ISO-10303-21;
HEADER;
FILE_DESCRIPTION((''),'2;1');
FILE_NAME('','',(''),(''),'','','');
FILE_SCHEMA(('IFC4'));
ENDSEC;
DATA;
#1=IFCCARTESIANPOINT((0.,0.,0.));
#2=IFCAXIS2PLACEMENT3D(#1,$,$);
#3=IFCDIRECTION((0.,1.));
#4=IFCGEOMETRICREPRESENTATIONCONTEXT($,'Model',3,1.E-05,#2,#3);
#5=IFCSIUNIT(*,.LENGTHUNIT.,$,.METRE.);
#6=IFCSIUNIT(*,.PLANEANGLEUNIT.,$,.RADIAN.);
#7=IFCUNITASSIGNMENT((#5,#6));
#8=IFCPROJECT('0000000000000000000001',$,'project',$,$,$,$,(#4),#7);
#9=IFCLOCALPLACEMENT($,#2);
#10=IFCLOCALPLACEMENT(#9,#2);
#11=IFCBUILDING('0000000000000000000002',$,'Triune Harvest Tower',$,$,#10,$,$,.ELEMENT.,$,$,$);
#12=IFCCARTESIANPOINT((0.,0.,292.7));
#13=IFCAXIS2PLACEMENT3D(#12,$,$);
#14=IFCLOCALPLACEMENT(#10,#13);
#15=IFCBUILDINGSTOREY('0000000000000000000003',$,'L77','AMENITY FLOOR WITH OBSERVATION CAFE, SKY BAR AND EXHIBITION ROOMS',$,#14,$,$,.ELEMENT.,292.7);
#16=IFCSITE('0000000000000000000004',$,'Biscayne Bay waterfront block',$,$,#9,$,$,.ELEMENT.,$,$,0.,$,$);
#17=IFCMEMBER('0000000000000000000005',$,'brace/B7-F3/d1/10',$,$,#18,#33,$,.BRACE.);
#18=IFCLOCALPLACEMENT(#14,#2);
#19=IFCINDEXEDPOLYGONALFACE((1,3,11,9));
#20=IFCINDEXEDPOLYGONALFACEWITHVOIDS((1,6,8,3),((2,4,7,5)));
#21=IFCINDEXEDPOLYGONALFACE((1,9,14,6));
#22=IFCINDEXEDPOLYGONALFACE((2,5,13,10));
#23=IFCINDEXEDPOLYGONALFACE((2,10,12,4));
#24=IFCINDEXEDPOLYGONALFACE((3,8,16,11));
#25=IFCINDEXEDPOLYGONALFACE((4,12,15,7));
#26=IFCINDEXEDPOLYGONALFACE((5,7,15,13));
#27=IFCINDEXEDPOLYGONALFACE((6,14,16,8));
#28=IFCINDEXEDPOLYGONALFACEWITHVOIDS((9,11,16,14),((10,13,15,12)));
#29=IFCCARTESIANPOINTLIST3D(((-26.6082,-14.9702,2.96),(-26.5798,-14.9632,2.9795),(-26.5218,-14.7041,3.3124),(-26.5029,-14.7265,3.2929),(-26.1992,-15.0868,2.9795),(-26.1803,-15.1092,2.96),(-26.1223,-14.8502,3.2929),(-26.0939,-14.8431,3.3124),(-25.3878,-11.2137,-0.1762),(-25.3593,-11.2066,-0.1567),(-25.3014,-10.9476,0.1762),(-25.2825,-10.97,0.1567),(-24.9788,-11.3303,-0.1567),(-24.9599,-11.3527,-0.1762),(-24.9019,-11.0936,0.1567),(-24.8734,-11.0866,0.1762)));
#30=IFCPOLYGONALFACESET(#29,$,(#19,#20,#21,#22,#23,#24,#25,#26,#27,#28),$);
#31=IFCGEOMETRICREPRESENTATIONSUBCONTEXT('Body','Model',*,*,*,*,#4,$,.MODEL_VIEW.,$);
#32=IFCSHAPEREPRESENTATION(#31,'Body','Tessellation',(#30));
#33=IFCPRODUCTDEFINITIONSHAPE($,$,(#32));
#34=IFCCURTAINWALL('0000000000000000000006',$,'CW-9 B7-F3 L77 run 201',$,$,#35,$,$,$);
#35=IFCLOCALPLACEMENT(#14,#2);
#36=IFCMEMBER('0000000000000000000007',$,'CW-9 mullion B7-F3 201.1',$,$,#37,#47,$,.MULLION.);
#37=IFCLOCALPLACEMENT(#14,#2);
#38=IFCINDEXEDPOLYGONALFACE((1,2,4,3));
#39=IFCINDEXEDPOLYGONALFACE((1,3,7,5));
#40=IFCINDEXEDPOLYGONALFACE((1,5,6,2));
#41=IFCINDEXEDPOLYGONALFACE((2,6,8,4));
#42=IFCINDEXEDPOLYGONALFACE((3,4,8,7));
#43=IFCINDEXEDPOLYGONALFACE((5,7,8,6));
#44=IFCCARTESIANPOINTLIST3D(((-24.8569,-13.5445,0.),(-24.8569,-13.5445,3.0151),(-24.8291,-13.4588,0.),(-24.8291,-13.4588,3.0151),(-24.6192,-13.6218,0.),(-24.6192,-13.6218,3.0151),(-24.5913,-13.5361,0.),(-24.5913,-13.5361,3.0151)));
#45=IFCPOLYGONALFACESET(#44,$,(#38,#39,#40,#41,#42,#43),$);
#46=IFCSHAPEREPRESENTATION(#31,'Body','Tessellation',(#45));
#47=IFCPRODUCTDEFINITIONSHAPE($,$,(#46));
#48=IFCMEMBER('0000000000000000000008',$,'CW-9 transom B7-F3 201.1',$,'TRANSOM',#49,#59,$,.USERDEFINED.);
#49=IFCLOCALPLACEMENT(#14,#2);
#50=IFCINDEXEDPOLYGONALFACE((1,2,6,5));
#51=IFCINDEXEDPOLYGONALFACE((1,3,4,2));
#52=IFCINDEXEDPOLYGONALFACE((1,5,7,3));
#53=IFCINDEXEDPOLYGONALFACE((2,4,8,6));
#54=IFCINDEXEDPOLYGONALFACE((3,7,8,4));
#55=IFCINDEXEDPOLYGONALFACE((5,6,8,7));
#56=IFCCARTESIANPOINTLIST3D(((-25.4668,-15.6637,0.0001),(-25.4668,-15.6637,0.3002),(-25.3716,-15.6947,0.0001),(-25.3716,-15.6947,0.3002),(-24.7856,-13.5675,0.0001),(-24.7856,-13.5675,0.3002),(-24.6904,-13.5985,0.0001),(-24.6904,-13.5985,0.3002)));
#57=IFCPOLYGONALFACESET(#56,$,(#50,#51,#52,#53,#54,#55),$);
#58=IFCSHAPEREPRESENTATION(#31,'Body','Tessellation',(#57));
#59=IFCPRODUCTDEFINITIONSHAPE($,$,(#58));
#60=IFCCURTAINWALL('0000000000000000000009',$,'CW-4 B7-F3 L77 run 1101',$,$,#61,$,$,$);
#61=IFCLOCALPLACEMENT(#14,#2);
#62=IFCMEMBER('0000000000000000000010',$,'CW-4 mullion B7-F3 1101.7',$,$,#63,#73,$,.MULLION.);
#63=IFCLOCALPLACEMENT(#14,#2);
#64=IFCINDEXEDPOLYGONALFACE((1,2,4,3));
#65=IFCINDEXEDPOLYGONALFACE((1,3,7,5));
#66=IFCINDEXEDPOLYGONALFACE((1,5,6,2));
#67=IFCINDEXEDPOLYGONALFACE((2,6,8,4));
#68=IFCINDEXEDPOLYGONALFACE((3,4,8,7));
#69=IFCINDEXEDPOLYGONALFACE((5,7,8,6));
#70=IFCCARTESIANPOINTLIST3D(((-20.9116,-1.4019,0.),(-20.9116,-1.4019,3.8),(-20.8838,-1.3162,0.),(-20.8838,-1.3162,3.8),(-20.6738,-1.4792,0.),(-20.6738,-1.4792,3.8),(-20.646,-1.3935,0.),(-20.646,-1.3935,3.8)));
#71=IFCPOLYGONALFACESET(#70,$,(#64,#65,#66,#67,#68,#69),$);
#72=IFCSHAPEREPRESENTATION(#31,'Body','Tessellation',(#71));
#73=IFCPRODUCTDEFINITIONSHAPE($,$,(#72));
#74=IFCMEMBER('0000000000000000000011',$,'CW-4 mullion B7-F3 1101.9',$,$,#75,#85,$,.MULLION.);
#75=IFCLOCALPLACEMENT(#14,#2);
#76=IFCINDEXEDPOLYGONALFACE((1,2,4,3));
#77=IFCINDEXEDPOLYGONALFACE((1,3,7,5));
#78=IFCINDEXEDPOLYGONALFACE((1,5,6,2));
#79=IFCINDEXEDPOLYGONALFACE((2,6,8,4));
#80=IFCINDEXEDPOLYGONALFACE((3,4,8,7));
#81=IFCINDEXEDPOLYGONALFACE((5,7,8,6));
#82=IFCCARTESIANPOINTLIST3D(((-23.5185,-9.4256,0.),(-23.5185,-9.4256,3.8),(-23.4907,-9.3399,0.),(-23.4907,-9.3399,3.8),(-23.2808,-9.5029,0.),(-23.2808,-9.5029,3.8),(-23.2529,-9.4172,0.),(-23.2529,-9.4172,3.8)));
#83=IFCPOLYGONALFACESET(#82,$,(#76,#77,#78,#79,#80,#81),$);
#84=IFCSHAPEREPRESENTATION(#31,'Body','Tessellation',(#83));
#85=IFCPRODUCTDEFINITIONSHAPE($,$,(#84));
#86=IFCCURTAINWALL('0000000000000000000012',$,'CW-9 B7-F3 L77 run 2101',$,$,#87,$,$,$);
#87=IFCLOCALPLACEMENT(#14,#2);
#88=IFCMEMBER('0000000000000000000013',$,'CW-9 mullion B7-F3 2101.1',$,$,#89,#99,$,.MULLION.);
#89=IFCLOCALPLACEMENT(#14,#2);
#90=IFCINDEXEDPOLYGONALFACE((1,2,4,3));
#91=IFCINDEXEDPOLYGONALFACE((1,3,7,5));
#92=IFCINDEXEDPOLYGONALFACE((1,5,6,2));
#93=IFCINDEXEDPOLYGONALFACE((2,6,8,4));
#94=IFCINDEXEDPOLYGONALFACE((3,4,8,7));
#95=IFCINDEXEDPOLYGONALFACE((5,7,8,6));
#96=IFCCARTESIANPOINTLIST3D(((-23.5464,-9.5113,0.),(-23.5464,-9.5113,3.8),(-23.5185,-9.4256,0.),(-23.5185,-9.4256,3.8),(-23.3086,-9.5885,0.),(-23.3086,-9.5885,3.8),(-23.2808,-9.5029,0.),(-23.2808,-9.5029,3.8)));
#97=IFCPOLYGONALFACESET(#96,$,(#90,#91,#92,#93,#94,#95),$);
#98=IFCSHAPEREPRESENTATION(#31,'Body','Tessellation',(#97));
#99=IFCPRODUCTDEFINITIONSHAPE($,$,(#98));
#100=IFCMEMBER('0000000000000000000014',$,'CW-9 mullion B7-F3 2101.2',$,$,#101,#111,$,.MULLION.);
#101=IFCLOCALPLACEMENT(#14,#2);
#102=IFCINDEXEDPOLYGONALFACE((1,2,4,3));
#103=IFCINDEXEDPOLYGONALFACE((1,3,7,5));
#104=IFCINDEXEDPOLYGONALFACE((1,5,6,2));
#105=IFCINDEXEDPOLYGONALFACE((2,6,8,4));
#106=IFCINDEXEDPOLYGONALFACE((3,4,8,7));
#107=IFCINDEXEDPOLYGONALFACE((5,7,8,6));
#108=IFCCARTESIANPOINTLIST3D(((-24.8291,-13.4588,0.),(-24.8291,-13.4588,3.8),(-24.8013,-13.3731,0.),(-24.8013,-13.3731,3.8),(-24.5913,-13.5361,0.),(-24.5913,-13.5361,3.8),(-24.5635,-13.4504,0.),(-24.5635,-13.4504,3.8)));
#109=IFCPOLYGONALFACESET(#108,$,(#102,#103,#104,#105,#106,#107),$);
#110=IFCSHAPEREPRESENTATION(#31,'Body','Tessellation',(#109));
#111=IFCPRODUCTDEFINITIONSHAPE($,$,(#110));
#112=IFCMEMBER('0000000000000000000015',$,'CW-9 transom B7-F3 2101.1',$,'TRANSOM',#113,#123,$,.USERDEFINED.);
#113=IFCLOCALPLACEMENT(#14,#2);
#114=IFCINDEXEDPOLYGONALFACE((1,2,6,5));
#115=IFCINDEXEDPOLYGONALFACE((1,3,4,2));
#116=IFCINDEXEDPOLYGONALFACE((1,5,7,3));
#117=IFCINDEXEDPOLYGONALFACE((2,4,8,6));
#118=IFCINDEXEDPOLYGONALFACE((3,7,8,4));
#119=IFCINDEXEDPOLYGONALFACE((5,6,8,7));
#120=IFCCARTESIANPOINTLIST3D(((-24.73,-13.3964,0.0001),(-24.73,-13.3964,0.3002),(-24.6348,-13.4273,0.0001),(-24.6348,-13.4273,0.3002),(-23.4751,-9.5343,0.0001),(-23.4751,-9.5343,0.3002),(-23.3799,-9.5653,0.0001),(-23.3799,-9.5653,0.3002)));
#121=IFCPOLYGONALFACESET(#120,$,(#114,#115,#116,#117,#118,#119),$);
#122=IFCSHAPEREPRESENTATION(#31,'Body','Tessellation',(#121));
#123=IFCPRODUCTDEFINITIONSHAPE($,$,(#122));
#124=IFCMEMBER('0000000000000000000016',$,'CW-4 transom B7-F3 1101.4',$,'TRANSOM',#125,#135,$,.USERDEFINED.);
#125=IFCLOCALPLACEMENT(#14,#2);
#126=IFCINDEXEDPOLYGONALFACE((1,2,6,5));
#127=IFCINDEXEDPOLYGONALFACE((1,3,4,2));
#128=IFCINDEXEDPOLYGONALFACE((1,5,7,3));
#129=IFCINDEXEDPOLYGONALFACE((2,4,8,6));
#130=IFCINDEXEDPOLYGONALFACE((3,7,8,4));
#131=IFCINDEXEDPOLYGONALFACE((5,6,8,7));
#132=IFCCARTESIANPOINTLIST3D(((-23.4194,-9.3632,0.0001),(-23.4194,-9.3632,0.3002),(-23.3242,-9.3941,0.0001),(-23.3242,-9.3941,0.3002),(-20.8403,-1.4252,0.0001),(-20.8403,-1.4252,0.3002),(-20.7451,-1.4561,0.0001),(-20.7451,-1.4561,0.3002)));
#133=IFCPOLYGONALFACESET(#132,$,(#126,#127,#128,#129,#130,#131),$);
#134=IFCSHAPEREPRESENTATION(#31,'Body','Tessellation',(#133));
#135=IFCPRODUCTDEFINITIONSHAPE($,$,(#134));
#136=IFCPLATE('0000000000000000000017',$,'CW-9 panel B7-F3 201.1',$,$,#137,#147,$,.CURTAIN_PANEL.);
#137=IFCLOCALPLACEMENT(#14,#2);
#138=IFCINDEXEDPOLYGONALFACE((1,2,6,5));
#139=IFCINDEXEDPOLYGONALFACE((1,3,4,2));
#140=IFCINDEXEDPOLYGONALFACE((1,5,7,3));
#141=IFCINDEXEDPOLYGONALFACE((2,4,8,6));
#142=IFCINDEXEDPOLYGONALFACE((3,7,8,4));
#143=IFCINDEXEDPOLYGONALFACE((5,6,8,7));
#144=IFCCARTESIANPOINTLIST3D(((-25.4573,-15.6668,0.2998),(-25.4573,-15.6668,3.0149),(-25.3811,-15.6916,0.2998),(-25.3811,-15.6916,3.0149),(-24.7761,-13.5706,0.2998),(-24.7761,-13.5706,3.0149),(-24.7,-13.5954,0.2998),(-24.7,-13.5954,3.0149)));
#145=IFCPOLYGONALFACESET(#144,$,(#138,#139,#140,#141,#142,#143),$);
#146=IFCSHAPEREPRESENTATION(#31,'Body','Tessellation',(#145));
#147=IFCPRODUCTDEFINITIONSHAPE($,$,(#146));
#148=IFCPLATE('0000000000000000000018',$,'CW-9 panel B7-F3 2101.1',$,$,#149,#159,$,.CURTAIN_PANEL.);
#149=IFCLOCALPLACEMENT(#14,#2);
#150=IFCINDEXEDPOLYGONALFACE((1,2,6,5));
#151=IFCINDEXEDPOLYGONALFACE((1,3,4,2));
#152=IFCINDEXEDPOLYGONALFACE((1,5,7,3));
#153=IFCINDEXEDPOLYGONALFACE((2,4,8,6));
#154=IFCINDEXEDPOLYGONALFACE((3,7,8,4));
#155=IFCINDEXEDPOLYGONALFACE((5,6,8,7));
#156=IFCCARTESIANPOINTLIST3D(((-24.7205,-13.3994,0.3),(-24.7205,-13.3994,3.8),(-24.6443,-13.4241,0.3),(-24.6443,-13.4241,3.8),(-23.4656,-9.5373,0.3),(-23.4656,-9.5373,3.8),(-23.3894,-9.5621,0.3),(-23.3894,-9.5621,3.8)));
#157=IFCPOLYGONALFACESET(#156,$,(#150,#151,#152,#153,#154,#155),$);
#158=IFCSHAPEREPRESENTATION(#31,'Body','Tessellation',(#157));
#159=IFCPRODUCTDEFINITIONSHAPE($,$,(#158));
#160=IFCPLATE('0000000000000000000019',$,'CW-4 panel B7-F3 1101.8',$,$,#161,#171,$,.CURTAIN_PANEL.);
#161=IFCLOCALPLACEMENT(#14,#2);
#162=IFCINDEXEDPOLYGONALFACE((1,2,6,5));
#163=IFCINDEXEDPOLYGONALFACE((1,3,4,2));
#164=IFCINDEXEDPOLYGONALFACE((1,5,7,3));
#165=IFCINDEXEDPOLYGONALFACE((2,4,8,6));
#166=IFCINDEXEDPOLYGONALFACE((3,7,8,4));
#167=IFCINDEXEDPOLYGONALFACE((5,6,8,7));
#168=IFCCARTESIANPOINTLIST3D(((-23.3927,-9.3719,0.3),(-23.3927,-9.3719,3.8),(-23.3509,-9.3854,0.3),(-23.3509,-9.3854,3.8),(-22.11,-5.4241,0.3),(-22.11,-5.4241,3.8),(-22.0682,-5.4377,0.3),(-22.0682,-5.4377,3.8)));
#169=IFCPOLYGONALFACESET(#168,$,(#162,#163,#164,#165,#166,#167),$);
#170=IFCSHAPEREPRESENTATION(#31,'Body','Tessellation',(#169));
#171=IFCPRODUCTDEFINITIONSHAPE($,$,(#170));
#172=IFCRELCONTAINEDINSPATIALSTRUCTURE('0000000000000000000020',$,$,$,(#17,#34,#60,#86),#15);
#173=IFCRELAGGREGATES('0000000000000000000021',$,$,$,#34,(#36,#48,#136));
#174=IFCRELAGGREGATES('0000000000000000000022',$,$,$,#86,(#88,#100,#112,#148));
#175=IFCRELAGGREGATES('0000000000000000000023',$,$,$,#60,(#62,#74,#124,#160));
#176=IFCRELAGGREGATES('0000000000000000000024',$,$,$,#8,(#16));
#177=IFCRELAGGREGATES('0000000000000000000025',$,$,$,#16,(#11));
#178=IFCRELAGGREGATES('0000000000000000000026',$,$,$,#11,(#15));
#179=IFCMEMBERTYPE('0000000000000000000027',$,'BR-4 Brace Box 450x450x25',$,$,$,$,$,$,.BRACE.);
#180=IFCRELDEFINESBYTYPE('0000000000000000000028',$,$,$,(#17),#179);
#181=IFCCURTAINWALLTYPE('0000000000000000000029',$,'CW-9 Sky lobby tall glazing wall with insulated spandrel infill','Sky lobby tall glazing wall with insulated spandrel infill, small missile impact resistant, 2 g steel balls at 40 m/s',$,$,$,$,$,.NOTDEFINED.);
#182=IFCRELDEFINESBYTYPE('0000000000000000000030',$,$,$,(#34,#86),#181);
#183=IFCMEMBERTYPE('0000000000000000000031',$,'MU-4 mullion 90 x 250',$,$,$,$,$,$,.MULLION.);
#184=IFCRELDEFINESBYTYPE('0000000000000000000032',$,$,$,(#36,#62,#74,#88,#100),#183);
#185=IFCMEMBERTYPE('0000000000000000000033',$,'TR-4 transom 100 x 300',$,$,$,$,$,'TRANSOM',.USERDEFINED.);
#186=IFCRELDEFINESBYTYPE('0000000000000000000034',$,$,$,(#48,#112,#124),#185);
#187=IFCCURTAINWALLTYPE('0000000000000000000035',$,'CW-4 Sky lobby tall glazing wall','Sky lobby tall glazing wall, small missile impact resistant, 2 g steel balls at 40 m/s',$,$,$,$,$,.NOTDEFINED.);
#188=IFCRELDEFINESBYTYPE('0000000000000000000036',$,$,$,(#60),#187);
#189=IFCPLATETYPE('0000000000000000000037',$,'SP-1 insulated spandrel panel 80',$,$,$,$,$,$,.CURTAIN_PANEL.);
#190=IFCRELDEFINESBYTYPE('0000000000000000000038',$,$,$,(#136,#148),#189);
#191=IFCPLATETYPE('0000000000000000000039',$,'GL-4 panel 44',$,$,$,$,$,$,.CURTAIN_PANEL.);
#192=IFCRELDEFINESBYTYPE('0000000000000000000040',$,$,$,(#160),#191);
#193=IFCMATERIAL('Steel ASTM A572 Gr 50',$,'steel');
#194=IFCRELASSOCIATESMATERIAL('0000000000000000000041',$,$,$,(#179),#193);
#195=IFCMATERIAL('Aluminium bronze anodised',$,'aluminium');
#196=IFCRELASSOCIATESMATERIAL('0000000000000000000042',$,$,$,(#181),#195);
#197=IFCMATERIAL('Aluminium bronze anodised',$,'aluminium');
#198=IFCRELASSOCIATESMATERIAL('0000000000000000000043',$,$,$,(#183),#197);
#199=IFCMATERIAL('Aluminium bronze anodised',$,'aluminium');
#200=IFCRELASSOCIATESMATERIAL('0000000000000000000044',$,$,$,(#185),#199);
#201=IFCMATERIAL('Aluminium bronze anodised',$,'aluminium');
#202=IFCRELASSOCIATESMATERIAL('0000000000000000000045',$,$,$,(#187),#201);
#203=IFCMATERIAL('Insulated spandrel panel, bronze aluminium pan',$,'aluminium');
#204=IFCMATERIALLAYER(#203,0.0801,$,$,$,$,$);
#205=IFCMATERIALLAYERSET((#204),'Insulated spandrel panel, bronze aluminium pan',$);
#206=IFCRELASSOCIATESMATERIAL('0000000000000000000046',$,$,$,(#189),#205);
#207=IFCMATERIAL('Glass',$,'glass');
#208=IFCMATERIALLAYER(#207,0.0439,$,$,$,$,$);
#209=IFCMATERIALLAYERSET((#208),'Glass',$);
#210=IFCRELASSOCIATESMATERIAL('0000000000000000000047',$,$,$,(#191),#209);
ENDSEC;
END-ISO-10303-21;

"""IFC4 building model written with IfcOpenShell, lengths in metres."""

from ifc_helpers import new_model, si_unit, direction, frame, origin, origin_2d, place, context, subcontext, project, spatial, rectangle, hollow_rectangle, extrude, source, transform, mapped, material, layer, layer_set, material_profile, profile_set, type_object, element, aggregate, save


model = new_model("IFC4")

# Units and contexts
model_context = context("Model", 3, precision=1e-05, world=origin(), true_north=direction((0.0, 1.0)))
body_context = subcontext(model_context, "Body", "Model", "MODEL_VIEW")
ifc_project = project(units=[si_unit("LENGTHUNIT", "METRE"), si_unit("PLANEANGLEUNIT", "RADIAN")], contexts=[model_context])

# Site, building, storey
site_placement = place(None, origin())
site = spatial("IfcSite", under=ifc_project, at=site_placement, Name="Biscayne Bay waterfront block", CompositionType="ELEMENT", RefElevation=0.0)
building_placement = place(site_placement, origin())
building = spatial("IfcBuilding", under=site, at=building_placement, Name="Triune Harvest Tower", CompositionType="ELEMENT")
storey_placement = place(building_placement, frame((0.0, 0.0, 292.7)))
storey = spatial("IfcBuildingStorey", under=building, at=storey_placement, Name="L77", Description="AMENITY FLOOR WITH OBSERVATION CAFE, SKY BAR AND EXHIBITION ROOMS", CompositionType="ELEMENT", Elevation=292.7)

# Member
ifc_material_1 = material(Name="Steel ASTM A572 Gr 50", Category="steel")
ifc_material_profile_1 = material_profile(ifc_material_1, hollow_rectangle(XDim=0.45, YDim=0.45, WallThickness=0.0249, at=origin_2d()), Name="Box 450x450x25")
ifc_profile_set_1 = profile_set([ifc_material_profile_1], Name="Steel ASTM A572 Gr 50")
member_type_1 = type_object("IfcMemberType", Name="BR-4 Brace Box 450x450x25", PredefinedType="BRACE", material=ifc_profile_set_1)
shared_shape_1 = source(origin(), body_context, "Body", "SweptSolid", [
    extrude(hollow_rectangle(XDim=0.45, YDim=0.45, WallThickness=0.0249, at=origin_2d()), origin(), (0.0, 0.0, 1.0), 5.0435),
])
member_1_placement = place(storey_placement, frame((-25.1306, -11.1501, 0.0), z_axis=(-0.241984, -0.74483, 0.621829), x_axis=(0.951066, -0.308987, 0.0)))
element("IfcMember", 1, at=member_1_placement, inside=storey, type_object=member_type_1, Name="brace/B7-F3/d1/10", PredefinedType="BRACE", context=body_context, shape_type="MappedRepresentation", body=[
    mapped(shared_shape_1, transform((0.0, 0.0, 0.0), scale=1.0)),
])

# Curtain walls, members
ifc_material_2 = material(Name="Aluminium bronze anodised", Category="aluminium")
curtain_wall_type_1 = type_object("IfcCurtainWallType", Name="CW-9 Sky lobby tall glazing wall with insulated spandrel infill", Description="Sky lobby tall glazing wall with insulated spandrel infill, small missile impact resistant, 2 g steel balls at 40 m/s", PredefinedType="NOTDEFINED", material=ifc_material_2)
curtain_wall_1_placement = place(storey_placement, origin())
curtain_wall_1 = element("IfcCurtainWall", 2, at=curtain_wall_1_placement, inside=storey, type_object=curtain_wall_type_1, Name="CW-9 B7-F3 L77 run 201")
ifc_material_3 = material(Name="Aluminium bronze anodised", Category="aluminium")
ifc_material_profile_2 = material_profile(ifc_material_3, rectangle(XDim=0.25, YDim=0.0901, at=origin_2d()), Name="MU-4 mullion 90 x 250")
ifc_profile_set_2 = profile_set([ifc_material_profile_2], Name="Aluminium bronze anodised")
member_type_2 = type_object("IfcMemberType", Name="MU-4 mullion 90 x 250", PredefinedType="MULLION", material=ifc_profile_set_2)
shared_shape_2 = source(origin(), body_context, "Body", "SweptSolid", [
    extrude(rectangle(XDim=0.25, YDim=0.0901, at=origin_2d()), origin(), (0.0, 0.0, 1.0), 3.0151),
])
member_2_placement = place(storey_placement, frame((-24.7241, -13.5403, 0.0), z_axis=(0.0, 0.0, 1.0), x_axis=(0.951051, -0.309034, 0.0)))
member_2 = element("IfcMember", 3, at=member_2_placement, type_object=member_type_2, Name="CW-9 mullion B7-F3 201.1", PredefinedType="MULLION", context=body_context, shape_type="MappedRepresentation", body=[
    mapped(shared_shape_2, transform((0.0, 0.0, 0.0), scale=1.0)),
])
ifc_material_4 = material(Name="Aluminium bronze anodised", Category="aluminium")
ifc_material_profile_3 = material_profile(ifc_material_4, rectangle(XDim=0.1001, YDim=0.3, at=origin_2d()), Name="TR-4 transom 100 x 300")
ifc_profile_set_3 = profile_set([ifc_material_profile_3], Name="Aluminium bronze anodised")
member_type_3 = type_object("IfcMemberType", Name="TR-4 transom 100 x 300", ElementType="TRANSOM", PredefinedType="USERDEFINED", material=ifc_profile_set_3)
shared_shape_3 = source(origin(), body_context, "Body", "SweptSolid", [
    extrude(rectangle(XDim=0.1001, YDim=0.3, at=origin_2d()), origin(), (0.0, 0.0, 1.0), 2.2041),
])
member_3_placement = place(storey_placement, frame((-24.738, -13.583, 0.1501), z_axis=(-0.309041, -0.951049, 0.0), x_axis=(0.951049, -0.309041, 0.0)))
member_3 = element("IfcMember", 4, at=member_3_placement, type_object=member_type_3, Name="CW-9 transom B7-F3 201.1", ObjectType="TRANSOM", PredefinedType="USERDEFINED", context=body_context, shape_type="MappedRepresentation", body=[
    mapped(shared_shape_3, transform((0.0, 0.0, 0.0), scale=1.0)),
])
ifc_material_5 = material(Name="Aluminium bronze anodised", Category="aluminium")
curtain_wall_type_2 = type_object("IfcCurtainWallType", Name="CW-4 Sky lobby tall glazing wall", Description="Sky lobby tall glazing wall, small missile impact resistant, 2 g steel balls at 40 m/s", PredefinedType="NOTDEFINED", material=ifc_material_5)
curtain_wall_2_placement = place(storey_placement, origin())
curtain_wall_2 = element("IfcCurtainWall", 5, at=curtain_wall_2_placement, inside=storey, type_object=curtain_wall_type_2, Name="CW-4 B7-F3 L77 run 1101")
shared_shape_4 = source(origin(), body_context, "Body", "SweptSolid", [
    extrude(rectangle(XDim=0.25, YDim=0.0901, at=origin_2d()), origin(), (0.0, 0.0, 1.0), 3.8),
])
member_4_placement = place(storey_placement, frame((-20.7788, -1.3977, 0.0), z_axis=(0.0, 0.0, 1.0), x_axis=(0.951058, -0.309013, 0.0)))
member_4 = element("IfcMember", 6, at=member_4_placement, type_object=member_type_2, Name="CW-4 mullion B7-F3 1101.7", PredefinedType="MULLION", context=body_context, shape_type="MappedRepresentation", body=[
    mapped(shared_shape_4, transform((0.0, 0.0, 0.0), scale=1.0)),
])
member_5_placement = place(storey_placement, frame((-23.3857, -9.4214, 0.0), z_axis=(0.0, 0.0, 1.0), x_axis=(0.951058, -0.309013, 0.0)))
member_5 = element("IfcMember", 7, at=member_5_placement, type_object=member_type_2, Name="CW-4 mullion B7-F3 1101.9", PredefinedType="MULLION", context=body_context, shape_type="MappedRepresentation", body=[
    mapped(shared_shape_4, transform((0.0, 0.0, 0.0), scale=1.0)),
])
curtain_wall_3_placement = place(storey_placement, origin())
curtain_wall_3 = element("IfcCurtainWall", 8, at=curtain_wall_3_placement, inside=storey, type_object=curtain_wall_type_1, Name="CW-9 B7-F3 L77 run 2101")
member_6_placement = place(storey_placement, frame((-23.4136, -9.5071, 0.0), z_axis=(0.0, 0.0, 1.0), x_axis=(0.951054, -0.309024, 0.0)))
member_6 = element("IfcMember", 9, at=member_6_placement, type_object=member_type_2, Name="CW-9 mullion B7-F3 2101.1", PredefinedType="MULLION", context=body_context, shape_type="MappedRepresentation", body=[
    mapped(shared_shape_4, transform((0.0, 0.0, 0.0), scale=1.0)),
])
member_7_placement = place(storey_placement, frame((-24.6963, -13.4546, 0.0), z_axis=(0.0, 0.0, 1.0), x_axis=(0.951054, -0.309024, 0.0)))
member_7 = element("IfcMember", 10, at=member_7_placement, type_object=member_type_2, Name="CW-9 mullion B7-F3 2101.2", PredefinedType="MULLION", context=body_context, shape_type="MappedRepresentation", body=[
    mapped(shared_shape_4, transform((0.0, 0.0, 0.0), scale=1.0)),
])
shared_shape_5 = source(origin(), body_context, "Body", "SweptSolid", [
    extrude(rectangle(XDim=0.1001, YDim=0.3, at=origin_2d()), origin(), (0.0, 0.0, 1.0), 4.0608),
])
member_8_placement = place(storey_placement, frame((-23.4275, -9.5498, 0.1501), z_axis=(-0.309022, -0.951055, 0.0), x_axis=(0.951055, -0.309022, 0.0)))
member_8 = element("IfcMember", 11, at=member_8_placement, type_object=member_type_3, Name="CW-9 transom B7-F3 2101.1", ObjectType="TRANSOM", PredefinedType="USERDEFINED", context=body_context, shape_type="MappedRepresentation", body=[
    mapped(shared_shape_5, transform((0.0, 0.0, 0.0), scale=1.0)),
])

# Member
shared_shape_6 = source(origin(), body_context, "Body", "SweptSolid", [
    extrude(rectangle(XDim=0.1001, YDim=0.3, at=origin_2d()), origin(), (0.0, 0.0, 1.0), 8.3464),
])
member_9_placement = place(storey_placement, frame((-20.7927, -1.4407, 0.1501), z_axis=(-0.309005, -0.95106, 0.0), x_axis=(0.95106, -0.309005, 0.0)))
member_9 = element("IfcMember", 12, at=member_9_placement, type_object=member_type_3, Name="CW-4 transom B7-F3 1101.4", ObjectType="TRANSOM", PredefinedType="USERDEFINED", context=body_context, shape_type="MappedRepresentation", body=[
    mapped(shared_shape_6, transform((0.0, 0.0, 0.0), scale=1.0)),
])

# Plates
ifc_material_6 = material(Name="Insulated spandrel panel, bronze aluminium pan", Category="aluminium")
ifc_layer_1 = layer(ifc_material_6, 0.0801)
ifc_layer_set_1 = layer_set([ifc_layer_1], Name="Insulated spandrel panel, bronze aluminium pan")
plate_type_1 = type_object("IfcPlateType", Name="SP-1 insulated spandrel panel 80", PredefinedType="CURTAIN_PANEL", material=ifc_layer_set_1)
shared_shape_7 = source(origin(), body_context, "Body", "SweptSolid", [
    extrude(rectangle(XDim=2.2041, YDim=0.0801, at=origin_2d()), origin(), (0.0, 0.0, 1.0), 2.7151),
])
plate_1_placement = place(storey_placement, frame((-25.0786, -14.6311, 0.2998), z_axis=(0.0, 0.0, 1.0), x_axis=(-0.309034, -0.951051, 0.0)))
plate_1 = element("IfcPlate", 13, at=plate_1_placement, type_object=plate_type_1, Name="CW-9 panel B7-F3 201.1", PredefinedType="CURTAIN_PANEL", context=body_context, shape_type="MappedRepresentation", body=[
    mapped(shared_shape_7, transform((0.0, 0.0, 0.0), scale=1.0)),
])
aggregate(curtain_wall_1, [member_2, member_3, plate_1])
shared_shape_8 = source(origin(), body_context, "Body", "SweptSolid", [
    extrude(rectangle(XDim=4.0608, YDim=0.0801, at=origin_2d()), origin(), (0.0, 0.0, 1.0), 3.5),
])
plate_2_placement = place(storey_placement, frame((-24.0549, -11.4807, 0.3), z_axis=(0.0, 0.0, 1.0), x_axis=(-0.309024, -0.951054, 0.0)))
plate_2 = element("IfcPlate", 14, at=plate_2_placement, type_object=plate_type_1, Name="CW-9 panel B7-F3 2101.1", PredefinedType="CURTAIN_PANEL", context=body_context, shape_type="MappedRepresentation", body=[
    mapped(shared_shape_8, transform((0.0, 0.0, 0.0), scale=1.0)),
])
aggregate(curtain_wall_3, [member_6, member_7, member_8, plate_2])
ifc_material_7 = material(Name="Glass", Category="glass")
ifc_layer_2 = layer(ifc_material_7, 0.0439)
ifc_layer_set_2 = layer_set([ifc_layer_2], Name="Glass")
plate_type_2 = type_object("IfcPlateType", Name="GL-4 panel 44", PredefinedType="CURTAIN_PANEL", material=ifc_layer_set_2)
shared_shape_9 = source(origin(), body_context, "Body", "SweptSolid", [
    extrude(rectangle(XDim=4.1509, YDim=0.0439, at=origin_2d()), origin(), (0.0, 0.0, 1.0), 3.5),
])
plate_3_placement = place(storey_placement, frame((-22.7305, -7.4048, 0.3), z_axis=(0.0, 0.0, 1.0), x_axis=(-0.309013, -0.951058, 0.0)))
plate_3 = element("IfcPlate", 15, at=plate_3_placement, type_object=plate_type_2, Name="CW-4 panel B7-F3 1101.8", PredefinedType="CURTAIN_PANEL", context=body_context, shape_type="MappedRepresentation", body=[
    mapped(shared_shape_9, transform((0.0, 0.0, 0.0), scale=1.0)),
])
aggregate(curtain_wall_2, [member_4, member_5, member_9, plate_3])

save(model, "model.ifc")
